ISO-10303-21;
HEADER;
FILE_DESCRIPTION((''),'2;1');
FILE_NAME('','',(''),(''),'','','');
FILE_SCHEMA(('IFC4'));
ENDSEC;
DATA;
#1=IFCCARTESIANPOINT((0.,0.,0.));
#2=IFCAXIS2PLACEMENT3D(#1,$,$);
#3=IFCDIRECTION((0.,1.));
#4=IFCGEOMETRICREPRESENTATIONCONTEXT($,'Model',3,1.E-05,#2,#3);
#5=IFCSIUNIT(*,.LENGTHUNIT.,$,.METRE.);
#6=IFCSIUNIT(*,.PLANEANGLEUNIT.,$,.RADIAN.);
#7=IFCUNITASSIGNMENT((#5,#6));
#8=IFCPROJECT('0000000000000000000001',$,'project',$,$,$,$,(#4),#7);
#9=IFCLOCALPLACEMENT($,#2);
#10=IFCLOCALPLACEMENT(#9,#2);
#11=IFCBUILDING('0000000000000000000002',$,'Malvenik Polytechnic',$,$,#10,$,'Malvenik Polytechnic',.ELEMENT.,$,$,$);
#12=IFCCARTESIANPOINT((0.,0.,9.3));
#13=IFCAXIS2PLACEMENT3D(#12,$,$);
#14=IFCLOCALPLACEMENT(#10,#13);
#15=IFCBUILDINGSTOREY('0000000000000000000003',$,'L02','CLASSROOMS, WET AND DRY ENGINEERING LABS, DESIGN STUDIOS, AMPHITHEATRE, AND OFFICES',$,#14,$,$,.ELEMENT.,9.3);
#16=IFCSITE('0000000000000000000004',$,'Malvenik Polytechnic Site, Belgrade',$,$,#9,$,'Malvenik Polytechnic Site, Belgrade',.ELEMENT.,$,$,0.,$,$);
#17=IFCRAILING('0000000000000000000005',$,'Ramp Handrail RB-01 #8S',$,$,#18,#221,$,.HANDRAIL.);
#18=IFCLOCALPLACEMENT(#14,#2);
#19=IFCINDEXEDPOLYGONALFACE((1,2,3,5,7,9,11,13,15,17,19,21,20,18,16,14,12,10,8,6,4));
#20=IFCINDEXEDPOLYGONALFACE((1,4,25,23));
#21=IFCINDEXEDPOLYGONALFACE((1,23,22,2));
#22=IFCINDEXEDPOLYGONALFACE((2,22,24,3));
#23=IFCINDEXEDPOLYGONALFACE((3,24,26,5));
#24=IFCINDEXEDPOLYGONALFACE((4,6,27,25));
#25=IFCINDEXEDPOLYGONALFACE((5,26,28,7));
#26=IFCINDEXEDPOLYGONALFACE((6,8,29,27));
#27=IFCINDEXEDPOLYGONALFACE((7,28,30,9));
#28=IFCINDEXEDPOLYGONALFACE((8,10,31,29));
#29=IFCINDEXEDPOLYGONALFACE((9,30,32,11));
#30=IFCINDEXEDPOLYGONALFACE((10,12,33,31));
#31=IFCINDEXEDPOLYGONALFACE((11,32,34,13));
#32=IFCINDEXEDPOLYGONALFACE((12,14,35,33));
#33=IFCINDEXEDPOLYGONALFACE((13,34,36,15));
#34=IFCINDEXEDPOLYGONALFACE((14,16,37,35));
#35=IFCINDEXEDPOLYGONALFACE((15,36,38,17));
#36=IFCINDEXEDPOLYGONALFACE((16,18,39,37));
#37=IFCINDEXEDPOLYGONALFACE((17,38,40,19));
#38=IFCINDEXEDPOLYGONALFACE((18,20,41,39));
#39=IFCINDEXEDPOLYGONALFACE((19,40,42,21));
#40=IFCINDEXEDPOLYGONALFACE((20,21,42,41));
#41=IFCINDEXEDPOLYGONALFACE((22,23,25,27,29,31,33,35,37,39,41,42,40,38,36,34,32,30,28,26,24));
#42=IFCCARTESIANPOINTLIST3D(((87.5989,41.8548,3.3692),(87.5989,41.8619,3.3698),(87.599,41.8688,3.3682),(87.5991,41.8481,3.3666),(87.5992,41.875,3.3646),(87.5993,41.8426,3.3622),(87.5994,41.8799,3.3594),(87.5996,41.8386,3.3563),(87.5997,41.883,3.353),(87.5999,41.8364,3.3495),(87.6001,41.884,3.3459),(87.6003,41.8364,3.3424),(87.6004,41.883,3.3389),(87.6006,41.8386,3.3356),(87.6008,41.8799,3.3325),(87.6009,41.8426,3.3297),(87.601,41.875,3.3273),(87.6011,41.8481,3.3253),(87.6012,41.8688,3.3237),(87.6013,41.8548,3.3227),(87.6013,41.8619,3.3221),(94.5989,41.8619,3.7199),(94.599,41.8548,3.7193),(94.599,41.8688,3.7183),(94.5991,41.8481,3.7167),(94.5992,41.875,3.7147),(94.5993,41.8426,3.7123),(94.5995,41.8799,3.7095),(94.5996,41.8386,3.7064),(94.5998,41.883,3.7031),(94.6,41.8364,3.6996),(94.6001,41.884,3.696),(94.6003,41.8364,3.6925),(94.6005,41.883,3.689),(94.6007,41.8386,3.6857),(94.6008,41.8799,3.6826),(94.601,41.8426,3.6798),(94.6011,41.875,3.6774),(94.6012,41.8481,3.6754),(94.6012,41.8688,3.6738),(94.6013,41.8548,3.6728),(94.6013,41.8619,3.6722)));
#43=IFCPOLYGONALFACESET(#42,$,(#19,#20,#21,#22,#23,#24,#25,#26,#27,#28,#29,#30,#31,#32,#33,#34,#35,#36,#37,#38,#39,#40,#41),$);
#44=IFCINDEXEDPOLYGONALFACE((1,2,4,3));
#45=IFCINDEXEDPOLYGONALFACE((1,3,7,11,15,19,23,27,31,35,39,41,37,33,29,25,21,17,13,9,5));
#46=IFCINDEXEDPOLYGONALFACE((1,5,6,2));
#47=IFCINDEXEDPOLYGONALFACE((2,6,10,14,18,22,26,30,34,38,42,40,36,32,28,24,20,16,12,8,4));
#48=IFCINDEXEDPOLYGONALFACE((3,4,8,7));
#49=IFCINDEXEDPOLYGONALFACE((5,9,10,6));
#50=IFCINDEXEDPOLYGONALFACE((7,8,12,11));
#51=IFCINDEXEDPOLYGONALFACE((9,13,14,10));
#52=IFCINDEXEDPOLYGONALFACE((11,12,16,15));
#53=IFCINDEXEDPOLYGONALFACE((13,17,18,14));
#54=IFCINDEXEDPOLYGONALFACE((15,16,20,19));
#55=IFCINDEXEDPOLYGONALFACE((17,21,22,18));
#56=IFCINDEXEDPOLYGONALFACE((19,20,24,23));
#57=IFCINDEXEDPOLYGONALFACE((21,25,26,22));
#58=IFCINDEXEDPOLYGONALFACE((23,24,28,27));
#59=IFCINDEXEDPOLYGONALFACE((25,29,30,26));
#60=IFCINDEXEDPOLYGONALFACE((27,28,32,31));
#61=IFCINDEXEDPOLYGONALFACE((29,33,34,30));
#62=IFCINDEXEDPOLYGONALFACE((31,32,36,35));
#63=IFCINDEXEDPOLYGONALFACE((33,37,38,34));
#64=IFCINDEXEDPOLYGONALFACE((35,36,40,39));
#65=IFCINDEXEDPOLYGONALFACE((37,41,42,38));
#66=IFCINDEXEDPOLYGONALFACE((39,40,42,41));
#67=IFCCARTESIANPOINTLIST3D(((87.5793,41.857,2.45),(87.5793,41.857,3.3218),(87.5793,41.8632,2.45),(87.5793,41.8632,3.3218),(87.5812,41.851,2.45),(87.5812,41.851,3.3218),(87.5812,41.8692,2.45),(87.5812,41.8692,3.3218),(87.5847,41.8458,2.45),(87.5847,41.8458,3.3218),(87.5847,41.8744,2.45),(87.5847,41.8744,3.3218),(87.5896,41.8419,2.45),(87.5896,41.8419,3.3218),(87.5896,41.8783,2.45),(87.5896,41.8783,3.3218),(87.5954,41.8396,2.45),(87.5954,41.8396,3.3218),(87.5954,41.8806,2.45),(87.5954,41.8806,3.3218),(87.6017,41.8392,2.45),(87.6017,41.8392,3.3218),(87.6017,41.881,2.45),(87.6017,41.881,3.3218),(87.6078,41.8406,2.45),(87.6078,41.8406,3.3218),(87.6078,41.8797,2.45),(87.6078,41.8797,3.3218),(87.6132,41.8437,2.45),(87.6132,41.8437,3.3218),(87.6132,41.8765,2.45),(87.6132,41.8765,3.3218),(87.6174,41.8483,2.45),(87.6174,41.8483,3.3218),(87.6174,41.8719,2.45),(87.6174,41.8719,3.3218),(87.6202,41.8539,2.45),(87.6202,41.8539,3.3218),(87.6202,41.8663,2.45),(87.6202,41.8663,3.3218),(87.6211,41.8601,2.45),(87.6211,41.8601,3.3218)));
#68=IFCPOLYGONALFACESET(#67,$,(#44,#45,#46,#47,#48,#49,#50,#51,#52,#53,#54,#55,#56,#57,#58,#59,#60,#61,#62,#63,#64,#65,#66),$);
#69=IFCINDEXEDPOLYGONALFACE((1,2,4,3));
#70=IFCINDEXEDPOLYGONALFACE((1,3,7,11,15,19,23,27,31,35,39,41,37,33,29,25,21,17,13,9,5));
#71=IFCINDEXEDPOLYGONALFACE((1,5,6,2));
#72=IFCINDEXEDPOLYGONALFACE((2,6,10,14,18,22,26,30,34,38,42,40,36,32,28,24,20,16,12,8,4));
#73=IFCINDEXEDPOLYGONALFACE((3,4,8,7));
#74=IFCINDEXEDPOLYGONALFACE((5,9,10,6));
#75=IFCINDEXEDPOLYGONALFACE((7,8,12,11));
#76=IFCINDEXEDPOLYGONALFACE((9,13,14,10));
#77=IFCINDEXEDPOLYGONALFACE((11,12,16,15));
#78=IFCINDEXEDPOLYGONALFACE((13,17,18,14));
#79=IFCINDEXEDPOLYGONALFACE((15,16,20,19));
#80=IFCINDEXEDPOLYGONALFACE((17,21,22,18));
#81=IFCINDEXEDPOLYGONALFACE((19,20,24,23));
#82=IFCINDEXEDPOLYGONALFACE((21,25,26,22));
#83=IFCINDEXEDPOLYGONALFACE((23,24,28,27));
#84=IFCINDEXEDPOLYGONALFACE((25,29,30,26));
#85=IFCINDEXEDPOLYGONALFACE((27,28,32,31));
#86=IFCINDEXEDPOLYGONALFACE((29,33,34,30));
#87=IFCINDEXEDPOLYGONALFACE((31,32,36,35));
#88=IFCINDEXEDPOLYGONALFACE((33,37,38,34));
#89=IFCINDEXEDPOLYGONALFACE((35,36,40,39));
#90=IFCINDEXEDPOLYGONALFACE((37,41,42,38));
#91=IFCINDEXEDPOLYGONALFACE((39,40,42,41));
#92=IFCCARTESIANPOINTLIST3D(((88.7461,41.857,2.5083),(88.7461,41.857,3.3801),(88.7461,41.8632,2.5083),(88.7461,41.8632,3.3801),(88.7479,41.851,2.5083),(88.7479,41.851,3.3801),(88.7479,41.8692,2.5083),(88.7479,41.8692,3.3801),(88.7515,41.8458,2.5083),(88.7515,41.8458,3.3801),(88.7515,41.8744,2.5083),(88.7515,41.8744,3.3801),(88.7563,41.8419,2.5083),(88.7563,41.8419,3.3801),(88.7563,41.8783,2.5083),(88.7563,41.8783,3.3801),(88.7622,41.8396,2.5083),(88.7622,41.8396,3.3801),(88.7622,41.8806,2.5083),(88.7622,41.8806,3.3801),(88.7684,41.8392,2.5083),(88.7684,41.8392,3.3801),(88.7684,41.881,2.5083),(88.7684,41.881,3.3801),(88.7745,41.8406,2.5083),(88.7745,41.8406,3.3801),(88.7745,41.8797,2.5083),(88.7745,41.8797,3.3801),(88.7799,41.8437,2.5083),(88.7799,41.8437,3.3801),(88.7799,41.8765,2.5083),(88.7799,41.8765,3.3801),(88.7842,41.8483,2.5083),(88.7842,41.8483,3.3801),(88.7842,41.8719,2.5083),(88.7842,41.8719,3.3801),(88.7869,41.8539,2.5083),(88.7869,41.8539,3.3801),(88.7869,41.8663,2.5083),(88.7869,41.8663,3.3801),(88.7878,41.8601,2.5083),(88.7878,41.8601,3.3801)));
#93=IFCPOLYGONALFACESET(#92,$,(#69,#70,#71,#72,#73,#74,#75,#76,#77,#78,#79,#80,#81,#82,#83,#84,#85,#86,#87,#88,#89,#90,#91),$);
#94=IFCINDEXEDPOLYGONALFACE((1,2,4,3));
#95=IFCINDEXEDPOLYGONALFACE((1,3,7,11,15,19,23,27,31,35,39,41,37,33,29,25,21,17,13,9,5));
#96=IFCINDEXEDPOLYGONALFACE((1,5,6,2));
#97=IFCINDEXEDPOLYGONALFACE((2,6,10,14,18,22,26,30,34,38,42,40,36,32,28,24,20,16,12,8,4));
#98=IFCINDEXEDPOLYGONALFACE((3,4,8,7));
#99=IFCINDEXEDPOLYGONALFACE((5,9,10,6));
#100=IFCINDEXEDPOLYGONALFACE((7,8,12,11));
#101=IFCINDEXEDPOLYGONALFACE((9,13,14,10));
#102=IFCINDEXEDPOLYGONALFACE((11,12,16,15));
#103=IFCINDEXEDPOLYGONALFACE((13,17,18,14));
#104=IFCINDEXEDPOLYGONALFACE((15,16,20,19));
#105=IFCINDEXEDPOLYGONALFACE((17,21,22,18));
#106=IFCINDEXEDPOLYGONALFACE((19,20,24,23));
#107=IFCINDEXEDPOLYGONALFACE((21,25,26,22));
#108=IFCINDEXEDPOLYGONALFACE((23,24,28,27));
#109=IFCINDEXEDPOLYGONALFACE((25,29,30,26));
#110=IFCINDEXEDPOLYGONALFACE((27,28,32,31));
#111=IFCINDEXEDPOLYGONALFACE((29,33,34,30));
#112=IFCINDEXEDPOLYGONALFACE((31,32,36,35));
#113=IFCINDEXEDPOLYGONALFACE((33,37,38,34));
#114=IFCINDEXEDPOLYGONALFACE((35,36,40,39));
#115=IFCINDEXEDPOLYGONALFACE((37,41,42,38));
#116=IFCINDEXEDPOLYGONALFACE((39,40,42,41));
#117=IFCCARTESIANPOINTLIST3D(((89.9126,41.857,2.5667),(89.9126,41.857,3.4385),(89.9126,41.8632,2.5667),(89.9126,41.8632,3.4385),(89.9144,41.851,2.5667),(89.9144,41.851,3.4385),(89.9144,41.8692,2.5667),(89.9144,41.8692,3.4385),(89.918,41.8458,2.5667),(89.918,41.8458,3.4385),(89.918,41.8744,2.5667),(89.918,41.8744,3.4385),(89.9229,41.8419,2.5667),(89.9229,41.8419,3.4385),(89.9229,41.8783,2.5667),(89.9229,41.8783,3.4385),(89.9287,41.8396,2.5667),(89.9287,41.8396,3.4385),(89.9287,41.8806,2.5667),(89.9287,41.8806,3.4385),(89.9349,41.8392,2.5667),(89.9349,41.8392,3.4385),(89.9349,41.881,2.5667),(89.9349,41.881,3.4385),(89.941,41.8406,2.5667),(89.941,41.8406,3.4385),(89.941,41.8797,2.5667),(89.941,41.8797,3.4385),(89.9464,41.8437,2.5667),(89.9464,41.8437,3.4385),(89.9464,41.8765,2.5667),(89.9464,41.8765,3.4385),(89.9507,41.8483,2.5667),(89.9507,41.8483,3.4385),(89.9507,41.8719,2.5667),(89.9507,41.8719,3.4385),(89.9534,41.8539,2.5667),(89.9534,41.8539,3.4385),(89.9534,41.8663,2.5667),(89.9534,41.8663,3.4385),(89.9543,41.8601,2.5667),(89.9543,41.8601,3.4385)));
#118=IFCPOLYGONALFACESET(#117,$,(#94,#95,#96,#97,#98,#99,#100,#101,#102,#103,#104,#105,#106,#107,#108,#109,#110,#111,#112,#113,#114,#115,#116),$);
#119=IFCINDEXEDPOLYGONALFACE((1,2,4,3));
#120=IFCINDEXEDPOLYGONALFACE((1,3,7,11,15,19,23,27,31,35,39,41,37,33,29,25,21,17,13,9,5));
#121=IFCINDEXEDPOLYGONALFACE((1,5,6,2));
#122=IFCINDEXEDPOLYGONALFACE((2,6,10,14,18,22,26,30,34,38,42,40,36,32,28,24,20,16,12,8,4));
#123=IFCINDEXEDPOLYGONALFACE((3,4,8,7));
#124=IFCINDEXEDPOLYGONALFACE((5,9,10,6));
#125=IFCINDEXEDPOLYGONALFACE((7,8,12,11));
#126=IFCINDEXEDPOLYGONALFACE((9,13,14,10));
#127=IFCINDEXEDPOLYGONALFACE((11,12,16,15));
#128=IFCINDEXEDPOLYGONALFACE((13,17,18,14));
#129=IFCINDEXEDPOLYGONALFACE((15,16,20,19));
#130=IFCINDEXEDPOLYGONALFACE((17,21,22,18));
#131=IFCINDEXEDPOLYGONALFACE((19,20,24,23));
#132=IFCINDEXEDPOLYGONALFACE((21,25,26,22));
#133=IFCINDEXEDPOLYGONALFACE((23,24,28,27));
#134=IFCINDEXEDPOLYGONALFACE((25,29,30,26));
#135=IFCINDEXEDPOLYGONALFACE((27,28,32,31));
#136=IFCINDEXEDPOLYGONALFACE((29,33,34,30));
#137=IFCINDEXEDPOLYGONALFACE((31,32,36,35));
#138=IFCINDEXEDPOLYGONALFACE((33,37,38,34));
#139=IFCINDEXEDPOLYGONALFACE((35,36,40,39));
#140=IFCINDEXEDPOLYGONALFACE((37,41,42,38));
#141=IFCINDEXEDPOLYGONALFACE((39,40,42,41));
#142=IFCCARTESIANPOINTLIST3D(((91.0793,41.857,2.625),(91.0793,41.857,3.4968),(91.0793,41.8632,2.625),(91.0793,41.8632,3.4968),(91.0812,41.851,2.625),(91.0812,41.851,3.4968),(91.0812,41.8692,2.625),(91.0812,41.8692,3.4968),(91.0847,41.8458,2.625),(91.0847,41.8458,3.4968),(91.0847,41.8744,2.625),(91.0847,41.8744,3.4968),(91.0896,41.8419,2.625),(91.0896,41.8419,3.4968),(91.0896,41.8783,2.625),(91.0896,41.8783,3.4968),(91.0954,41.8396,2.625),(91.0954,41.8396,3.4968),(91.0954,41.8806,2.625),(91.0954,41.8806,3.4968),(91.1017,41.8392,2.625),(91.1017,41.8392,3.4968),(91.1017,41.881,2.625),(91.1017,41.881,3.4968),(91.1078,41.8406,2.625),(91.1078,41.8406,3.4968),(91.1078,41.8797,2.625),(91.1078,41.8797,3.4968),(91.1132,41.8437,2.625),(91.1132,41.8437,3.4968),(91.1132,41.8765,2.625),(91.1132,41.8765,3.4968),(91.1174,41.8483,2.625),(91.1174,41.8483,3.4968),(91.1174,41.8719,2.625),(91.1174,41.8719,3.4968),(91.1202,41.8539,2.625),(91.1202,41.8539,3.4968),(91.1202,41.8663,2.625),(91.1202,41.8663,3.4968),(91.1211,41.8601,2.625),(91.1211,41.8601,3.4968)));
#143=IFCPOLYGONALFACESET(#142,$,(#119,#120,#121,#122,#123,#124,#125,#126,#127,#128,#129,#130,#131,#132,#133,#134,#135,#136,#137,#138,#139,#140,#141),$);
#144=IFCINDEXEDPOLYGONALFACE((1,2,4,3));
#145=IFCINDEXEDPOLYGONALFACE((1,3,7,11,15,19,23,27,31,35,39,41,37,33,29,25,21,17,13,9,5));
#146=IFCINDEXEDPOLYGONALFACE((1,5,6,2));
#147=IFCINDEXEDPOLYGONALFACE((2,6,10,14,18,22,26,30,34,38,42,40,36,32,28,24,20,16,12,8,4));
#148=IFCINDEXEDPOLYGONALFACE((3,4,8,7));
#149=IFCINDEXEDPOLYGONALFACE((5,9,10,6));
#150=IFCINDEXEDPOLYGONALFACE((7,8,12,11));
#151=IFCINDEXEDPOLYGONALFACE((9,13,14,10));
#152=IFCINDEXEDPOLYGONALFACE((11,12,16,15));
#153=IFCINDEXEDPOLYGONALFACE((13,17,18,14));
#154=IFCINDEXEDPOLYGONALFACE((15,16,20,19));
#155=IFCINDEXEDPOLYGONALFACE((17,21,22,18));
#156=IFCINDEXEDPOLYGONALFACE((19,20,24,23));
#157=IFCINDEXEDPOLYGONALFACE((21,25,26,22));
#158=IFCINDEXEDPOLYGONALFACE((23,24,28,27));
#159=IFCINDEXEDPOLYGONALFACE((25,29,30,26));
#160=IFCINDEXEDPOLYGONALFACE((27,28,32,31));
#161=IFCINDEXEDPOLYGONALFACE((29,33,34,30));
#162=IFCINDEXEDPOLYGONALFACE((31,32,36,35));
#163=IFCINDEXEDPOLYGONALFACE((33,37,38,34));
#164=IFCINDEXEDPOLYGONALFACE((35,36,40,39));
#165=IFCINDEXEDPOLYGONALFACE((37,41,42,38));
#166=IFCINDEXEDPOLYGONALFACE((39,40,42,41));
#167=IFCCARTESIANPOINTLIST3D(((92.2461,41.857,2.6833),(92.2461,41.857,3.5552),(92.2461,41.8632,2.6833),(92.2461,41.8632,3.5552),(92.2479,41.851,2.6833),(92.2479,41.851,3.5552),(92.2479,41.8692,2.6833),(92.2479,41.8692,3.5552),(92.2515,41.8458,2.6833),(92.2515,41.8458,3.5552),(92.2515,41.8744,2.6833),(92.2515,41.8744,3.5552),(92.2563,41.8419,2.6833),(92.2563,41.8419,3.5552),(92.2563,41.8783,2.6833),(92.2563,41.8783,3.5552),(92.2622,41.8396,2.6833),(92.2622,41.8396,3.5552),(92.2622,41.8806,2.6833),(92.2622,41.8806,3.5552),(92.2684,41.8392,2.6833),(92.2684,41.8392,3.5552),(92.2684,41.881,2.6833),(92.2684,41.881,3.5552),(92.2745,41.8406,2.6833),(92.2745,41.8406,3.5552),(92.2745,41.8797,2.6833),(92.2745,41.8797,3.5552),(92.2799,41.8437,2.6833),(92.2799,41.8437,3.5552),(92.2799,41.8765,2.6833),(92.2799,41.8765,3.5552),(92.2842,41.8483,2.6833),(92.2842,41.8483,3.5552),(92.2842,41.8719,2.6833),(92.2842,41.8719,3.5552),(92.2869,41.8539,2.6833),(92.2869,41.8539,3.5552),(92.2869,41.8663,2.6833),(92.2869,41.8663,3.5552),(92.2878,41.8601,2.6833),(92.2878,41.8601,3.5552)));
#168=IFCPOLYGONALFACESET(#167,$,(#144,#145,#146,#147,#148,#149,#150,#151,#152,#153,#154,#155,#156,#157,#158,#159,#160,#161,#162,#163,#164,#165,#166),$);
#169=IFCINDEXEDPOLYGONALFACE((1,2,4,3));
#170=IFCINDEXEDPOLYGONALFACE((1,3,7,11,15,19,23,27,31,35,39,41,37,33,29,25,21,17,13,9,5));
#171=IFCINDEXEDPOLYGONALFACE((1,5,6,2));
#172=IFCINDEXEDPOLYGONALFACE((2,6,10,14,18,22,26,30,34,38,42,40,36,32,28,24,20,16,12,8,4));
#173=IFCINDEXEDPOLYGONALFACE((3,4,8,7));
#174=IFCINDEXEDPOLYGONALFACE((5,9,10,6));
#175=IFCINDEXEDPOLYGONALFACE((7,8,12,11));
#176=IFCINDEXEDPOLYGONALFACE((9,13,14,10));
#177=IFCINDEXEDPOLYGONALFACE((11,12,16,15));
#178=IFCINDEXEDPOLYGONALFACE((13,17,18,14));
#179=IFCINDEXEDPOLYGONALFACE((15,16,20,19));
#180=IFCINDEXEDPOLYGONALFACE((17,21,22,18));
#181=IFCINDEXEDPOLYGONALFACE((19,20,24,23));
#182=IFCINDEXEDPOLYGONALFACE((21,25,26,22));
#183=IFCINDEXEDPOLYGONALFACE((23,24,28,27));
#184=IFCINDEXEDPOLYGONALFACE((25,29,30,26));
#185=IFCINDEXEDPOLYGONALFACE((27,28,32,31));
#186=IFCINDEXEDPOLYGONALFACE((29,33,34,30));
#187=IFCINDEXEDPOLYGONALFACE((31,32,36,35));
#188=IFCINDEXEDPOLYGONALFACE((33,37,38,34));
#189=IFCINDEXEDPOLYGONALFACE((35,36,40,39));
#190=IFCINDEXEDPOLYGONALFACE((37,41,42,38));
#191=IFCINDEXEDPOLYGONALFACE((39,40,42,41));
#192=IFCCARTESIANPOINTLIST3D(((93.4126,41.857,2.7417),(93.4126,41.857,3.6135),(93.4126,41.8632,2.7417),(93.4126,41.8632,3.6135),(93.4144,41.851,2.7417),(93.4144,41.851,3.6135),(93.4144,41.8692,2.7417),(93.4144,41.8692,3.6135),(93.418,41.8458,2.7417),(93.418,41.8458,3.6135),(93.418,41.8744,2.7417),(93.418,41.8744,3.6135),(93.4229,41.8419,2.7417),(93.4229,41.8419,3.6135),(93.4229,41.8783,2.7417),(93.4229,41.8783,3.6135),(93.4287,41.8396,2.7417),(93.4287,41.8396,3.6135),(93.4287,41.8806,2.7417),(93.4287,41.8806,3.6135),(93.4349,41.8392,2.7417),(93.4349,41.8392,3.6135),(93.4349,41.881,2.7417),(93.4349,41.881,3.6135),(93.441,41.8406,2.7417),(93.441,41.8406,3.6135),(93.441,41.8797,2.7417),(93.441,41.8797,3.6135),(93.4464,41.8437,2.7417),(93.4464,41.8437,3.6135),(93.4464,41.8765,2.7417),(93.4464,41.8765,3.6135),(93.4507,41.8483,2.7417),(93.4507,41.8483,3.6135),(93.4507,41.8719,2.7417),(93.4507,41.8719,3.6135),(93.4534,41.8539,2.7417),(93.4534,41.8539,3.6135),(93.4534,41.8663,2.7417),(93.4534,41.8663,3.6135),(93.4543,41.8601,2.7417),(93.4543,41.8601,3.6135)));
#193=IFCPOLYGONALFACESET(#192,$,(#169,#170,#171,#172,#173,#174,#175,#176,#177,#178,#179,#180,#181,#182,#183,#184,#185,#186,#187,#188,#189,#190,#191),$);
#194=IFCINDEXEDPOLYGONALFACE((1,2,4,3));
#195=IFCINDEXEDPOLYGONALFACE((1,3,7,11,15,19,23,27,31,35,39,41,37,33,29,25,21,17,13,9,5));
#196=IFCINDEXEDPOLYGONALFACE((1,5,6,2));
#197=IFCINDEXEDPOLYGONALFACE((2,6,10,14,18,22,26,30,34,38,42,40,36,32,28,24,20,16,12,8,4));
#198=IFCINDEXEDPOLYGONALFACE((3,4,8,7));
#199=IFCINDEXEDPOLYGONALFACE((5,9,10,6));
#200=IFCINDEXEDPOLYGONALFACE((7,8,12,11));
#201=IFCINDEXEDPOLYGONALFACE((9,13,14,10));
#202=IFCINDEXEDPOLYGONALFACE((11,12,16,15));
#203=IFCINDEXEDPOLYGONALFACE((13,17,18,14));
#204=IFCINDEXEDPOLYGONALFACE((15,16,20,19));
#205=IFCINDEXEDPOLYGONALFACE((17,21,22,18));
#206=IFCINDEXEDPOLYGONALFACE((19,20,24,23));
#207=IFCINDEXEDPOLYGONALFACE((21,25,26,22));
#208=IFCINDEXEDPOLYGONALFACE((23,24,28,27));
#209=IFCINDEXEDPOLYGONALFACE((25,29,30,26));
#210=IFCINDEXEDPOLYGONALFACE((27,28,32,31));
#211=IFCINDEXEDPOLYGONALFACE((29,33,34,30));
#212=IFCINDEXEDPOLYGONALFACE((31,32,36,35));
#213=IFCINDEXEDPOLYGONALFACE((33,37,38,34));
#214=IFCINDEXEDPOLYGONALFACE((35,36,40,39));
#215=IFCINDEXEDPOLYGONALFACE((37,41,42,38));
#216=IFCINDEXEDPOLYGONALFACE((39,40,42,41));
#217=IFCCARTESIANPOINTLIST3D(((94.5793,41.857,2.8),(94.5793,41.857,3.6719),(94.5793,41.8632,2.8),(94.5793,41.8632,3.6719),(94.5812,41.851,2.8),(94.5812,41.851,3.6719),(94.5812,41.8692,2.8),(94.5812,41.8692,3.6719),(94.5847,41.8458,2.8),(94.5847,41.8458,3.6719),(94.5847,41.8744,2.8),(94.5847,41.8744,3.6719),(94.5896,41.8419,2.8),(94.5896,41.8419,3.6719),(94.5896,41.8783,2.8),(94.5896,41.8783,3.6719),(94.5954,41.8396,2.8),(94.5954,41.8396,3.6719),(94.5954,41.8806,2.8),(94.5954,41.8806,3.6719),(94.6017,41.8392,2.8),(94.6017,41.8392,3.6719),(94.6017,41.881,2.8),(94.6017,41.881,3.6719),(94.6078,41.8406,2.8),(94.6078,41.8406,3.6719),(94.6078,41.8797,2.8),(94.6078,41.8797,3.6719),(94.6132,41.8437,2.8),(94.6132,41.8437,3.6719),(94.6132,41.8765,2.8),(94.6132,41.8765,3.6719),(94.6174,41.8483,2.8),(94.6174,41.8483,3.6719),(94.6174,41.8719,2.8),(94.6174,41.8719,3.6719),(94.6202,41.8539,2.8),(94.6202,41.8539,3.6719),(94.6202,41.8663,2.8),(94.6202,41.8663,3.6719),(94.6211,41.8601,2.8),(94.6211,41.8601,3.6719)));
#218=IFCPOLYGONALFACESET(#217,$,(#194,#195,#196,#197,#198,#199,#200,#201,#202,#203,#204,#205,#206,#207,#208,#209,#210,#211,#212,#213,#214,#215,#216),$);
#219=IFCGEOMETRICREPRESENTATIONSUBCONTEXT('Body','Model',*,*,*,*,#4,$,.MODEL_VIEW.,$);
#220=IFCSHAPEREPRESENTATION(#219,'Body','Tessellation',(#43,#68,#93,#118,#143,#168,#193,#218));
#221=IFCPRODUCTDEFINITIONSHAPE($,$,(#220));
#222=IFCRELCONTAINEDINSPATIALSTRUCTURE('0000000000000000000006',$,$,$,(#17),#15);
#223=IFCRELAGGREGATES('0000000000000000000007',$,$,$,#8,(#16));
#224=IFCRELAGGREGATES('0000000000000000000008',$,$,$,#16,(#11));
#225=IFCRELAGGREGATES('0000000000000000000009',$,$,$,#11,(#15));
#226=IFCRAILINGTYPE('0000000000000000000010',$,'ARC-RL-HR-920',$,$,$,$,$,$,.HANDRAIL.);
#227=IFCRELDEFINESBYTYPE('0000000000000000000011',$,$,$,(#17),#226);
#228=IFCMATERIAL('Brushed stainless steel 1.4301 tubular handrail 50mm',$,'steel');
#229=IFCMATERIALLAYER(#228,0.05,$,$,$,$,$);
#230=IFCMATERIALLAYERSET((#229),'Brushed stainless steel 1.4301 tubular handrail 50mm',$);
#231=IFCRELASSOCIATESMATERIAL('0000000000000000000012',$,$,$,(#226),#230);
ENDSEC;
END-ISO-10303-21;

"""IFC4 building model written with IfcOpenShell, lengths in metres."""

from ifc_helpers import new_model, si_unit, direction, frame, origin, origin_2d, place, context, subcontext, project, spatial, circle, extrude, material, layer, layer_set, type_object, element, save


model = new_model("IFC4")

# Units and contexts
model_context = context("Model", 3, precision=1e-05, world=origin(), true_north=direction((0.0, 1.0)))
body_context = subcontext(model_context, "Body", "Model", "MODEL_VIEW")
ifc_project = project(units=[si_unit("LENGTHUNIT", "METRE"), si_unit("PLANEANGLEUNIT", "RADIAN")], contexts=[model_context])

# Site, building, storey
site_placement = place(None, origin())
site = spatial("IfcSite", under=ifc_project, at=site_placement, Name="Malvenik Polytechnic Site, Belgrade", LongName="Malvenik Polytechnic Site, Belgrade", CompositionType="ELEMENT", RefElevation=0.0)
building_placement = place(site_placement, origin())
building = spatial("IfcBuilding", under=site, at=building_placement, Name="Malvenik Polytechnic", LongName="Malvenik Polytechnic", CompositionType="ELEMENT")
storey_placement = place(building_placement, frame((0.0, 0.0, 9.3)))
storey = spatial("IfcBuildingStorey", under=building, at=storey_placement, Name="L02", Description="CLASSROOMS, WET AND DRY ENGINEERING LABS, DESIGN STUDIOS, AMPHITHEATRE, AND OFFICES", CompositionType="ELEMENT", Elevation=9.3)

# Railing
ifc_material_1 = material(Name="Brushed stainless steel 1.4301 tubular handrail 50mm", Category="steel")
ifc_layer_1 = layer(ifc_material_1, 0.05)
ifc_layer_set_1 = layer_set([ifc_layer_1], Name="Brushed stainless steel 1.4301 tubular handrail 50mm")
railing_type_1 = type_object("IfcRailingType", Name="ARC-RL-HR-920", PredefinedType="HANDRAIL", material=ifc_layer_set_1)
railing_1_placement = place(storey_placement, frame((87.6001, 41.8601, 2.45)))
element("IfcRailing", 1, at=railing_1_placement, inside=storey, type_object=railing_type_1, Name="Ramp Handrail RB-01 #8S", PredefinedType="HANDRAIL", context=body_context, shape_type="SweptSolid", body=[
    extrude(circle(Radius=0.0239, at=origin_2d()), frame((0.0, 0.0, 0.896), z_axis=(0.998752, 0.0, 0.049952), x_axis=(0.0, 1.0, 0.0)), (0.0, 0.0, 1.0), 7.0088),
    extrude(circle(Radius=0.021, at=origin_2d()), origin(), (0.0, 0.0, 1.0), 0.8718),
    extrude(circle(Radius=0.021, at=origin_2d()), frame((1.1667, 0.0, 0.0583)), (0.0, 0.0, 1.0), 0.8718),
    extrude(circle(Radius=0.021, at=origin_2d()), frame((2.3333, 0.0, 0.1167)), (0.0, 0.0, 1.0), 0.8718),
    extrude(circle(Radius=0.021, at=origin_2d()), frame((3.5, 0.0, 0.175)), (0.0, 0.0, 1.0), 0.8718),
    extrude(circle(Radius=0.021, at=origin_2d()), frame((4.6667, 0.0, 0.2334)), (0.0, 0.0, 1.0), 0.8718),
    extrude(circle(Radius=0.021, at=origin_2d()), frame((5.8333, 0.0, 0.2917)), (0.0, 0.0, 1.0), 0.8718),
    extrude(circle(Radius=0.021, at=origin_2d()), frame((7.0, 0.0, 0.3501)), (0.0, 0.0, 1.0), 0.8718),
])

save(model, "model.ifc")
